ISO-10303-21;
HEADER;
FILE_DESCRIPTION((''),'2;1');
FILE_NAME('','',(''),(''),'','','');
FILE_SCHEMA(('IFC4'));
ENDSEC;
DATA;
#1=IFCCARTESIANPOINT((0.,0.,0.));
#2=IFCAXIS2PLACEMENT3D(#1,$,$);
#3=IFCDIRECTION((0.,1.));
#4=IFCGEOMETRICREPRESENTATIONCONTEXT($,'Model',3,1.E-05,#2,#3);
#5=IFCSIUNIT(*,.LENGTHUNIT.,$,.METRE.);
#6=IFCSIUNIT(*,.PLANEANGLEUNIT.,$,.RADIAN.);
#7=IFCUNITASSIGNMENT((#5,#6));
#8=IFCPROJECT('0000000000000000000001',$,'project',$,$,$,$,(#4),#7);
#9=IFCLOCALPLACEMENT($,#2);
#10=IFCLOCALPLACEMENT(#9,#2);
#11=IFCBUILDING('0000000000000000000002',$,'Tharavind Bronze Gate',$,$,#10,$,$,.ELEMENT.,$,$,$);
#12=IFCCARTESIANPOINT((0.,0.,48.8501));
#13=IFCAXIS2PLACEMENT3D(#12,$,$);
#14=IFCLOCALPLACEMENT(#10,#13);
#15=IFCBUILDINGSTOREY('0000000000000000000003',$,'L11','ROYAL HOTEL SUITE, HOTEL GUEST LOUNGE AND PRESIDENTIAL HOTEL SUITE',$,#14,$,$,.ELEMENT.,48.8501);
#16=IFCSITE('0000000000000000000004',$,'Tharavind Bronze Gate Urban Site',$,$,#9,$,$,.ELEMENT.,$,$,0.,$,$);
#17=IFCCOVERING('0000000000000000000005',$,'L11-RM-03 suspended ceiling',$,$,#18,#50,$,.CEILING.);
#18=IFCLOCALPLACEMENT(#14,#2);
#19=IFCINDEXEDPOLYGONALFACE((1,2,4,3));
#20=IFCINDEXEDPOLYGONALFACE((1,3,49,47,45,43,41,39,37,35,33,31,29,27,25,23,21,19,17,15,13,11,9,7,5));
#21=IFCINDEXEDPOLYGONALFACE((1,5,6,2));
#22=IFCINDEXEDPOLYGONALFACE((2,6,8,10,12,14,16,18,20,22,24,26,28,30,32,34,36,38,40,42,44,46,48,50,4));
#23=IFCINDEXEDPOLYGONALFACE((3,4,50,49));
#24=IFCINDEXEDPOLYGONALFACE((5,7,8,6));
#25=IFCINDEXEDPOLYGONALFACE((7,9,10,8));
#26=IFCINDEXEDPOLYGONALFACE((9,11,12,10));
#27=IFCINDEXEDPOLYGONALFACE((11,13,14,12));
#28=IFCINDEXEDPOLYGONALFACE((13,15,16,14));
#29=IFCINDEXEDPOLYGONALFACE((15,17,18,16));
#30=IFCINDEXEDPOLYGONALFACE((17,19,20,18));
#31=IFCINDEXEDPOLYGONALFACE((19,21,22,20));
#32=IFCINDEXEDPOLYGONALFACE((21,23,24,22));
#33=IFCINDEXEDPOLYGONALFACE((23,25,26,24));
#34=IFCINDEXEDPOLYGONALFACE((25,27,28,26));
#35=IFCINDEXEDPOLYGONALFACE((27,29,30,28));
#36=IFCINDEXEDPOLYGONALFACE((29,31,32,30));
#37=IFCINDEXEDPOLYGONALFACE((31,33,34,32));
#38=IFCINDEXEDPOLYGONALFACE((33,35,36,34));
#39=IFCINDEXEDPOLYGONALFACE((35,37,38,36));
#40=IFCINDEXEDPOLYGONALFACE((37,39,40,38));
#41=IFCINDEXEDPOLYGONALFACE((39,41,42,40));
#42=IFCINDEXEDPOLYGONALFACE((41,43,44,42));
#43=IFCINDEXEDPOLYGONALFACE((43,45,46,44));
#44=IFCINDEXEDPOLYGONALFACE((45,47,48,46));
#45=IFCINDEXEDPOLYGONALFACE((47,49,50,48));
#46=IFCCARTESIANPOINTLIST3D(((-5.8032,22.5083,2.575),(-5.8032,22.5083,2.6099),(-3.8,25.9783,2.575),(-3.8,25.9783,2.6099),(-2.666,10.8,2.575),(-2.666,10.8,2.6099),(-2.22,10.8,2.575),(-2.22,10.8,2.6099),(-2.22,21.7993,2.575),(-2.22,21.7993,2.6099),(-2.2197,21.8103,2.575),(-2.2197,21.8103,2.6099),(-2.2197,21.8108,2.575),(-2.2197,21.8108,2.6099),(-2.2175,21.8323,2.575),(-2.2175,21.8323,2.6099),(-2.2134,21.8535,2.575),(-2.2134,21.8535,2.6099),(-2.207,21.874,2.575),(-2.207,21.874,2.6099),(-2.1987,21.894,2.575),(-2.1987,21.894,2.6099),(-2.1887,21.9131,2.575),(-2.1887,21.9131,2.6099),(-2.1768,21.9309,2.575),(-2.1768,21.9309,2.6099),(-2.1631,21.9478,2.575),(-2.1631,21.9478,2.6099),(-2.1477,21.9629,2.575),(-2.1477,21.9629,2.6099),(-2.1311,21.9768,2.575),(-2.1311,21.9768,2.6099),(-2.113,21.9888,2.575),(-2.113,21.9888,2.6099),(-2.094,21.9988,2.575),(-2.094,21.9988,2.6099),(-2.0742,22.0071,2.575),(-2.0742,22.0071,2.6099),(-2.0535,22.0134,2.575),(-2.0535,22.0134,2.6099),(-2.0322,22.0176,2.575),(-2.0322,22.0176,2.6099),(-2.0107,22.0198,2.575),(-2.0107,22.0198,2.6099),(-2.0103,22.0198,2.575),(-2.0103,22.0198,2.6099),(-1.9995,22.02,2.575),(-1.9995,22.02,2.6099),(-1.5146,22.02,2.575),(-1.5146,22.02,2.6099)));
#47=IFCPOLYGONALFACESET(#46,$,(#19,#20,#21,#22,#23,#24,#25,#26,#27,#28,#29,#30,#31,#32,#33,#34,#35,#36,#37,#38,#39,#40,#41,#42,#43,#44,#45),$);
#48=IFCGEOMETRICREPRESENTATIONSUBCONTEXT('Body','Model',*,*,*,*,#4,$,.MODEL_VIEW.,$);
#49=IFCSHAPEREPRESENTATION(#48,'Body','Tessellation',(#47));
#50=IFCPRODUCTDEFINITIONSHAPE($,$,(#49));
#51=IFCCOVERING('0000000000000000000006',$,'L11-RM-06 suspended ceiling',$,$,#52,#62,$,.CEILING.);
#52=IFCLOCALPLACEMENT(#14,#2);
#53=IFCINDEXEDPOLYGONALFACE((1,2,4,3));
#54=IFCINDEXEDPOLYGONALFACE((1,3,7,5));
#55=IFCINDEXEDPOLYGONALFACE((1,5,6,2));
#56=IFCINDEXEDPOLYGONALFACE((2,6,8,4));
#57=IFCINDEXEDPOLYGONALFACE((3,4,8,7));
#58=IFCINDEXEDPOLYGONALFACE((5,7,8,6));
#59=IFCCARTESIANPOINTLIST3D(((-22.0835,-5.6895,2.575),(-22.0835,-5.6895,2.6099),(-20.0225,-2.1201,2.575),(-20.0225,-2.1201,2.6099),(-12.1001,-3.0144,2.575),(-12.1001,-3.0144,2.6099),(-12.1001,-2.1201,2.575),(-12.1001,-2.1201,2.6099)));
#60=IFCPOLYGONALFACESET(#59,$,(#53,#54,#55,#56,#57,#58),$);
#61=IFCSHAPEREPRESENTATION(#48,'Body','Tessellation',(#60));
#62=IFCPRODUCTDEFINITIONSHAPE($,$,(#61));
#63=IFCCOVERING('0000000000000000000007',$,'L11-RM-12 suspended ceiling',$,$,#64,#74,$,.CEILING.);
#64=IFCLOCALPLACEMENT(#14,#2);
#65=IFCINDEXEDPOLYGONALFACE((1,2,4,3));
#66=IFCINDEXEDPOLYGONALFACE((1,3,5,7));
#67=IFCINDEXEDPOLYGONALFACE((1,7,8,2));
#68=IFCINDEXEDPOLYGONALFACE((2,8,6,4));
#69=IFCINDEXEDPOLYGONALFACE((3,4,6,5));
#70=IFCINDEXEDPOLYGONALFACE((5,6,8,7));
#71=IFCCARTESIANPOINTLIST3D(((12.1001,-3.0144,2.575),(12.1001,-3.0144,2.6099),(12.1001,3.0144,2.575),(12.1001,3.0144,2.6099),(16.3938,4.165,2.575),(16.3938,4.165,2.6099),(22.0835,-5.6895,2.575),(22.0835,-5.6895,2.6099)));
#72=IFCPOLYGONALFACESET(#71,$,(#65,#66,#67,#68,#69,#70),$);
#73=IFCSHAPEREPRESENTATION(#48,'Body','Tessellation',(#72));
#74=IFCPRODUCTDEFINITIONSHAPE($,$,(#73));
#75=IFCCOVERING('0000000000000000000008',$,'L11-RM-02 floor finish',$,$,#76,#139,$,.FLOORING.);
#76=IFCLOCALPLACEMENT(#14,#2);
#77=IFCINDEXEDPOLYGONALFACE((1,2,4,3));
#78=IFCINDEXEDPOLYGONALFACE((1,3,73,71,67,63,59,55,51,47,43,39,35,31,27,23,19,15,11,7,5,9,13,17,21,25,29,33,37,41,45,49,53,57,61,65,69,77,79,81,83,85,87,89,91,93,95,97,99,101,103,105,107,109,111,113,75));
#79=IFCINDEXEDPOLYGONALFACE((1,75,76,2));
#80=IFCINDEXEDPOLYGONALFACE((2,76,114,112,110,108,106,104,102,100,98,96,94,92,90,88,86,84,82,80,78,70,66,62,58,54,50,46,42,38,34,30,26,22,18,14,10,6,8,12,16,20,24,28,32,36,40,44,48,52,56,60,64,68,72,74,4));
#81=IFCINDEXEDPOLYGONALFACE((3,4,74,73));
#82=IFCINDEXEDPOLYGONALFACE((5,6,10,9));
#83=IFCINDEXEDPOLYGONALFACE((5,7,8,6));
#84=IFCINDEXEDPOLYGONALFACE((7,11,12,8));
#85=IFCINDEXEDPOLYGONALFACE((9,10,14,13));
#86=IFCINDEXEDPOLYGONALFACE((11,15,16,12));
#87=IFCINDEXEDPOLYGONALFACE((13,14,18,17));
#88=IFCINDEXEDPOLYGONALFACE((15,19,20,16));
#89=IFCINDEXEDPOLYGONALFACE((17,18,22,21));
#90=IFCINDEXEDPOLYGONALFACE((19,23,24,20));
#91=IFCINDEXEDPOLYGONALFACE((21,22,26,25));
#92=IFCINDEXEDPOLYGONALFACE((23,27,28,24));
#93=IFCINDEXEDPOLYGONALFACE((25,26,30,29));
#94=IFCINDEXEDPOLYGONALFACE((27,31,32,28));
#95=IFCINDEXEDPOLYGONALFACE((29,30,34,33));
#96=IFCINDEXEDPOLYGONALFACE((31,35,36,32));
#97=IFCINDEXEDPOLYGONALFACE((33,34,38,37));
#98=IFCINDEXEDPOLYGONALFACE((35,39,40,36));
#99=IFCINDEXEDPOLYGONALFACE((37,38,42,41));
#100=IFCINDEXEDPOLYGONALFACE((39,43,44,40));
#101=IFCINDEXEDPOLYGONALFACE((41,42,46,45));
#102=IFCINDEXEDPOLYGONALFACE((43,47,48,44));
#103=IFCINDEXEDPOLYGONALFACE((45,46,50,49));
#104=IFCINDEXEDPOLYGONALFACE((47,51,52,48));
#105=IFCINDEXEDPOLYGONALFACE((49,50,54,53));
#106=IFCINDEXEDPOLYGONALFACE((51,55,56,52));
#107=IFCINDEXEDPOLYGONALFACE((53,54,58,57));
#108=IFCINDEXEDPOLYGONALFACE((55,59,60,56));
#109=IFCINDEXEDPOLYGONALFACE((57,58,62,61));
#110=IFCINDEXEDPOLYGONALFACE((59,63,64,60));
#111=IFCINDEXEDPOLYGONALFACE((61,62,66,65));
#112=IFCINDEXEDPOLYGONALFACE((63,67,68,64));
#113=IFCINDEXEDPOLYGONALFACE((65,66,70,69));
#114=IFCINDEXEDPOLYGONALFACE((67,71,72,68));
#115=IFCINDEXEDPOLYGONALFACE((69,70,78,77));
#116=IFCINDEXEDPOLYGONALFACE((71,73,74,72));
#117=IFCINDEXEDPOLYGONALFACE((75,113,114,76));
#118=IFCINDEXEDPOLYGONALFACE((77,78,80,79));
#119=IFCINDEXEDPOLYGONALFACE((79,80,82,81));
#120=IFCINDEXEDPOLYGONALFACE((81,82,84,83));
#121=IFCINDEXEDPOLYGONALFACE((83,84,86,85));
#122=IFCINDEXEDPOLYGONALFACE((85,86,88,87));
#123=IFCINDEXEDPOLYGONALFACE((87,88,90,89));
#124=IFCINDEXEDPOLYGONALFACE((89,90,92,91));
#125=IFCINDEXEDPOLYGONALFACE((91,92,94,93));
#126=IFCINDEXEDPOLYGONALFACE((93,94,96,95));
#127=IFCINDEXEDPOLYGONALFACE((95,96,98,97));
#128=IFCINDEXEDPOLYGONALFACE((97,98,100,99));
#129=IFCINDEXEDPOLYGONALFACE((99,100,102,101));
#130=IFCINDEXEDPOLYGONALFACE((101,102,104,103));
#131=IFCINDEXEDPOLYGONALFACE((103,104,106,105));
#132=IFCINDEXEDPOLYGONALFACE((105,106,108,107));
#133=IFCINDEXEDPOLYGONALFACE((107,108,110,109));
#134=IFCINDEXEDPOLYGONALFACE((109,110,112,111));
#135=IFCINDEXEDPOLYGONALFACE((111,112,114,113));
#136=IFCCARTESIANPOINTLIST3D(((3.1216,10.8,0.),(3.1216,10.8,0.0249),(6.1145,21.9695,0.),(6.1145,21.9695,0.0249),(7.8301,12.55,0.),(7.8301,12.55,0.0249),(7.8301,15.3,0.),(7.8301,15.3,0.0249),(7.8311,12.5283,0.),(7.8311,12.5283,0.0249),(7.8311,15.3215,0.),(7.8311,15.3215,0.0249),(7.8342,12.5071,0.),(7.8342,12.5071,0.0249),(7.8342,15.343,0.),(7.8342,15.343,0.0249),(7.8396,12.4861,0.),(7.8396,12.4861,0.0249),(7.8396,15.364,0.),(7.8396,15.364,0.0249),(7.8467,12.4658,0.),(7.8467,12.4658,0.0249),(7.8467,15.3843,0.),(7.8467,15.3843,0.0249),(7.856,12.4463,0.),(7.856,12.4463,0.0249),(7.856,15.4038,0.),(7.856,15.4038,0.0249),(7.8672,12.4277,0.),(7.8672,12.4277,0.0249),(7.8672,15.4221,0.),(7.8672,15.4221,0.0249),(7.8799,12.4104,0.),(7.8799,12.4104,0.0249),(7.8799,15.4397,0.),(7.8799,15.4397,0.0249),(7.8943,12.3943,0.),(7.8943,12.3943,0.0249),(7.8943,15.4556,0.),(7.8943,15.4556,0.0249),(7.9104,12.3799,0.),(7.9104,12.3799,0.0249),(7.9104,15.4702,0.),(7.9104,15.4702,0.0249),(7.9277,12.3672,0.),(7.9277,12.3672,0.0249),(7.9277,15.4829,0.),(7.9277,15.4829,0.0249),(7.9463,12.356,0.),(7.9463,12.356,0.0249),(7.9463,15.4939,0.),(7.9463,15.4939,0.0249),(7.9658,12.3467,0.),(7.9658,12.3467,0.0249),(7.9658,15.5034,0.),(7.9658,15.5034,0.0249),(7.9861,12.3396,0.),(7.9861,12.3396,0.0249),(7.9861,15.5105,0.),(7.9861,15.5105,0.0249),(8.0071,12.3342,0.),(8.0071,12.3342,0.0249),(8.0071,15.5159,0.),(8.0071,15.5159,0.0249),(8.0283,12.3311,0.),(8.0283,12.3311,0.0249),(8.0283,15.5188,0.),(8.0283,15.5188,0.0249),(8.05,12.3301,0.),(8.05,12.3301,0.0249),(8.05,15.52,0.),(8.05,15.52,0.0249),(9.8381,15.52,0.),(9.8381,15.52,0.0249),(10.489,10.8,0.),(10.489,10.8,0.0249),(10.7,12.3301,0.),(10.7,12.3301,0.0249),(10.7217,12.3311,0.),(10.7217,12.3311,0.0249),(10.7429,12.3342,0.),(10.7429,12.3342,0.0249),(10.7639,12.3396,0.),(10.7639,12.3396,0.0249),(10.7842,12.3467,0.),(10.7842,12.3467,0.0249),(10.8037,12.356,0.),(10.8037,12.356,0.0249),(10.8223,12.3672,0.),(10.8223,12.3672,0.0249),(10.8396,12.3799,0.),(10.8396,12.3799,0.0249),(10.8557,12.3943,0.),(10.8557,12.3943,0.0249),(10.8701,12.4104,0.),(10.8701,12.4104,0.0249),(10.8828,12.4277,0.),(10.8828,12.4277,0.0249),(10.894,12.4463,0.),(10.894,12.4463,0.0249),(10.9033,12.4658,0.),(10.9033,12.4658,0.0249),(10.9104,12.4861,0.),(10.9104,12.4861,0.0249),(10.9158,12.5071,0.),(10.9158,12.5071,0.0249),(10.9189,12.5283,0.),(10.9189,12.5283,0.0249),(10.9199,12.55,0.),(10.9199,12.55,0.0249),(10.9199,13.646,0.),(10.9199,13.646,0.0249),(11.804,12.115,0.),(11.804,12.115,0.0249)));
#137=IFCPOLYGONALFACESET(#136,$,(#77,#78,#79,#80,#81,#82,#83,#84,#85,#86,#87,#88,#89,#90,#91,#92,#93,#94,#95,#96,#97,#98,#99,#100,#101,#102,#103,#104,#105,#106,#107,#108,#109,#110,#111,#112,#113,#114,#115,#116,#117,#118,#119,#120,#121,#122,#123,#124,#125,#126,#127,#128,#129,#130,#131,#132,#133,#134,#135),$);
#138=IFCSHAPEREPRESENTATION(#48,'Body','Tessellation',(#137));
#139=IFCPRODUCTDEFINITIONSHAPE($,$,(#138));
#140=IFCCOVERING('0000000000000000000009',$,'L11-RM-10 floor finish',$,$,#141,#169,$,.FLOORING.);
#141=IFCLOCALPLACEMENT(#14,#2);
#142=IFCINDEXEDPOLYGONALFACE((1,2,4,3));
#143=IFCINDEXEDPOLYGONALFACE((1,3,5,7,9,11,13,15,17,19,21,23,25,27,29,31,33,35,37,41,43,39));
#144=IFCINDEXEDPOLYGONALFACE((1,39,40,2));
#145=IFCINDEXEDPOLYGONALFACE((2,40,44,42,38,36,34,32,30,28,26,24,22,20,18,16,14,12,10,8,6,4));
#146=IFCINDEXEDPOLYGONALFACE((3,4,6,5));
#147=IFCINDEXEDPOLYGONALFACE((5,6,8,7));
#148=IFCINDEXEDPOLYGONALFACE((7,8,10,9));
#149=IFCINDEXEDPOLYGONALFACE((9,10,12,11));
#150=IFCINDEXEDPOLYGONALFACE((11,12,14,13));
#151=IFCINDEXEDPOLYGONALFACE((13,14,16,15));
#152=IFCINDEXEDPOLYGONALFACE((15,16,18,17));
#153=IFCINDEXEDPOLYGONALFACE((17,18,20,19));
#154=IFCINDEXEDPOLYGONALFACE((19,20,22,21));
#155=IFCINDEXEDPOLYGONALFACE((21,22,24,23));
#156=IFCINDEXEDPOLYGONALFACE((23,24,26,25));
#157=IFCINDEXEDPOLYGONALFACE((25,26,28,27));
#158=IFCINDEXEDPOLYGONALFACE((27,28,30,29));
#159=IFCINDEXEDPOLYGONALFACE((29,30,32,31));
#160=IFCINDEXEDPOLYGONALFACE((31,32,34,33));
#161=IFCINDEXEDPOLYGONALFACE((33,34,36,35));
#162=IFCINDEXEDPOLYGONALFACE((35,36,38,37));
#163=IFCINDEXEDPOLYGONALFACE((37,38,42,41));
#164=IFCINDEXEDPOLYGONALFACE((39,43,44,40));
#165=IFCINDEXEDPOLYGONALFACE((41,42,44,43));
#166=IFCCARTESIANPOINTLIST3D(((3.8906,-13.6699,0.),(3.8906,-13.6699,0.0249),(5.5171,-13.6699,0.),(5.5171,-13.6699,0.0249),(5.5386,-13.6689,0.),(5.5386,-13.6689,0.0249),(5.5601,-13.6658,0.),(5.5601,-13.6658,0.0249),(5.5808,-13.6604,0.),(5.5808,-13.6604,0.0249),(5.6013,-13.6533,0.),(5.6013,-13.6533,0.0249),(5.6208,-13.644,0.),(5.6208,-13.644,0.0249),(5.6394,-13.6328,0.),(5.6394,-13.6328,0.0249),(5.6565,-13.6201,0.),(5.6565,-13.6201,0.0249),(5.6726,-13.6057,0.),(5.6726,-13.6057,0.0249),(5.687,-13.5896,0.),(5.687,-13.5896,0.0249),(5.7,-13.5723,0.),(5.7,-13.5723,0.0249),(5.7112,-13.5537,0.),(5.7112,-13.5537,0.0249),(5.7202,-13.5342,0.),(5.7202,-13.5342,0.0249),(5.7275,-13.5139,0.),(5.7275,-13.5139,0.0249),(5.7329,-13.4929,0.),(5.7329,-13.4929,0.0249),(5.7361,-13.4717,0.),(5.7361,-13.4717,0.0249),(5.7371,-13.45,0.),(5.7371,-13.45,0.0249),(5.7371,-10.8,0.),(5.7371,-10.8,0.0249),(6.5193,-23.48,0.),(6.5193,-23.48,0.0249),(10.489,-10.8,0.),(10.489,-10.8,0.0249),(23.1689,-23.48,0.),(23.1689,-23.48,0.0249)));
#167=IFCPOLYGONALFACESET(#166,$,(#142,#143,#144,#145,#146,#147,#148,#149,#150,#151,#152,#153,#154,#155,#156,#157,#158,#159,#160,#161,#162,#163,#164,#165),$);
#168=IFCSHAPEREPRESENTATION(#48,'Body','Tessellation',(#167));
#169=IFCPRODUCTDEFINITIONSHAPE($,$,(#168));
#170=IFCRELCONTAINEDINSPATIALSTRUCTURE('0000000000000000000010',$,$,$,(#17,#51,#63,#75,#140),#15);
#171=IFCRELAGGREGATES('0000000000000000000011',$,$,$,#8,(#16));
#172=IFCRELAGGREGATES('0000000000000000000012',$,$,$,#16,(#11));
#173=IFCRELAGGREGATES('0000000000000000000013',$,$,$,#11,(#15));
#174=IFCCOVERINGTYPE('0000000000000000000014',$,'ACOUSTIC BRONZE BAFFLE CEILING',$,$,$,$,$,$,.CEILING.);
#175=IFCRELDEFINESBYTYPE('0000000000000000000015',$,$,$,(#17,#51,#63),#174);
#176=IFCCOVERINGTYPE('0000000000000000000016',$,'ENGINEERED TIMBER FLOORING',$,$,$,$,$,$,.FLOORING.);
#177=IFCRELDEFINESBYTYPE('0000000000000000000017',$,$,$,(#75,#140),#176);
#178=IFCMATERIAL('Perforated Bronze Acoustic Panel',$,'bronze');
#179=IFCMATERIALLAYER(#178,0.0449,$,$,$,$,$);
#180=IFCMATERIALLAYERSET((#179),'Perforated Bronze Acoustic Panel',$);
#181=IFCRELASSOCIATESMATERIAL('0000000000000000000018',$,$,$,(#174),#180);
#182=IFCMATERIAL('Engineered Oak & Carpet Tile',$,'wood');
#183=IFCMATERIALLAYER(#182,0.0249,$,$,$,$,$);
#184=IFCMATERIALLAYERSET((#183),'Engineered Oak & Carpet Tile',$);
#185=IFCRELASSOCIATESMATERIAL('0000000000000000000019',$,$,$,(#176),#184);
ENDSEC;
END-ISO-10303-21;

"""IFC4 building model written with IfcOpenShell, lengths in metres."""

from ifc_helpers import new_model, si_unit, direction, frame, origin, place, context, subcontext, project, spatial, polyline, outline, extrude, material, layer, layer_set, type_object, element, save


model = new_model("IFC4")

# Units and contexts
model_context = context("Model", 3, precision=1e-05, world=origin(), true_north=direction((0.0, 1.0)))
body_context = subcontext(model_context, "Body", "Model", "MODEL_VIEW")
ifc_project = project(units=[si_unit("LENGTHUNIT", "METRE"), si_unit("PLANEANGLEUNIT", "RADIAN")], contexts=[model_context])

# Site, building, storey
site_placement = place(None, origin())
site = spatial("IfcSite", under=ifc_project, at=site_placement, Name="Tharavind Bronze Gate Urban Site", CompositionType="ELEMENT", RefElevation=0.0)
building_placement = place(site_placement, origin())
building = spatial("IfcBuilding", under=site, at=building_placement, Name="Tharavind Bronze Gate", CompositionType="ELEMENT")
storey_placement = place(building_placement, frame((0.0, 0.0, 48.8501)))
storey = spatial("IfcBuildingStorey", under=building, at=storey_placement, Name="L11", Description="ROYAL HOTEL SUITE, HOTEL GUEST LOUNGE AND PRESIDENTIAL HOTEL SUITE", CompositionType="ELEMENT", Elevation=48.8501)

# Coverings
ifc_material_1 = material(Name="Perforated Bronze Acoustic Panel", Category="bronze")
ifc_layer_1 = layer(ifc_material_1, 0.0449)
ifc_layer_set_1 = layer_set([ifc_layer_1], Name="Perforated Bronze Acoustic Panel")
covering_type_1 = type_object("IfcCoveringType", Name="ACOUSTIC BRONZE BAFFLE CEILING", PredefinedType="CEILING", material=ifc_layer_set_1)
covering_1_placement = place(storey_placement, frame((0.0, 0.0, 2.575)))
element("IfcCovering", 1, at=covering_1_placement, inside=storey, type_object=covering_type_1, Name="L11-RM-03 suspended ceiling", PredefinedType="CEILING", context=body_context, shape_type="SweptSolid", body=[
    extrude(outline(polyline([(-2.666, 10.8), (-2.22, 10.8), (-2.22, 21.7993), (-2.2197, 21.8103), (-2.2197, 21.8108), (-2.2175, 21.8323), (-2.2134, 21.8535), (-2.207, 21.874), (-2.1987, 21.894), (-2.1887, 21.9131), (-2.1768, 21.9309), (-2.1631, 21.9478), (-2.1477, 21.9629), (-2.1311, 21.9768), (-2.113, 21.9888), (-2.094, 21.9988), (-2.0742, 22.0071), (-2.0535, 22.0134), (-2.0322, 22.0176), (-2.0107, 22.0198), (-2.0103, 22.0198), (-1.9995, 22.02), (-1.5146, 22.02), (-3.8, 25.9783), (-5.8032, 22.5083), (-2.666, 10.8)])), origin(), (0.0, 0.0, 1.0), 0.0349),
])
covering_2_placement = place(storey_placement, frame((0.0, 0.0, 2.575)))
element("IfcCovering", 2, at=covering_2_placement, inside=storey, type_object=covering_type_1, Name="L11-RM-06 suspended ceiling", PredefinedType="CEILING", context=body_context, shape_type="SweptSolid", body=[
    extrude(outline(polyline([(-12.1001, -3.0144), (-12.1001, -2.1201), (-20.0225, -2.1201), (-22.0835, -5.6895), (-12.1001, -3.0144)])), origin(), (0.0, 0.0, 1.0), 0.0349),
])
covering_3_placement = place(storey_placement, frame((0.0, 0.0, 2.575)))
element("IfcCovering", 3, at=covering_3_placement, inside=storey, type_object=covering_type_1, Name="L11-RM-12 suspended ceiling", PredefinedType="CEILING", context=body_context, shape_type="SweptSolid", body=[
    extrude(outline(polyline([(22.0835, -5.6895), (16.3938, 4.165), (12.1001, 3.0144), (12.1001, -3.0144), (22.0835, -5.6895)])), origin(), (0.0, 0.0, 1.0), 0.0349),
])
ifc_material_2 = material(Name="Engineered Oak & Carpet Tile", Category="wood")
ifc_layer_2 = layer(ifc_material_2, 0.0249)
ifc_layer_set_2 = layer_set([ifc_layer_2], Name="Engineered Oak & Carpet Tile")
covering_type_2 = type_object("IfcCoveringType", Name="ENGINEERED TIMBER FLOORING", PredefinedType="FLOORING", material=ifc_layer_set_2)
covering_4_placement = place(storey_placement, origin())
element("IfcCovering", 4, at=covering_4_placement, inside=storey, type_object=covering_type_2, Name="L11-RM-02 floor finish", PredefinedType="FLOORING", context=body_context, shape_type="SweptSolid", body=[
    extrude(outline(polyline([(10.489, 10.8), (11.804, 12.115), (10.9199, 13.646), (10.9199, 12.55), (10.9189, 12.5283), (10.9158, 12.5071), (10.9104, 12.4861), (10.9033, 12.4658), (10.894, 12.4463), (10.8828, 12.4277), (10.8701, 12.4104), (10.8557, 12.3943), (10.8396, 12.3799), (10.8223, 12.3672), (10.8037, 12.356), (10.7842, 12.3467), (10.7639, 12.3396), (10.7429, 12.3342), (10.7217, 12.3311), (10.7, 12.3301), (8.05, 12.3301), (8.0283, 12.3311), (8.0071, 12.3342), (7.9861, 12.3396), (7.9658, 12.3467), (7.9463, 12.356), (7.9277, 12.3672), (7.9104, 12.3799), (7.8943, 12.3943), (7.8799, 12.4104), (7.8672, 12.4277), (7.856, 12.4463), (7.8467, 12.4658), (7.8396, 12.4861), (7.8342, 12.5071), (7.8311, 12.5283), (7.8301, 12.55), (7.8301, 15.3), (7.8311, 15.3215), (7.8342, 15.343), (7.8396, 15.364), (7.8467, 15.3843), (7.856, 15.4038), (7.8672, 15.4221), (7.8799, 15.4397), (7.8943, 15.4556), (7.9104, 15.4702), (7.9277, 15.4829), (7.9463, 15.4939), (7.9658, 15.5034), (7.9861, 15.5105), (8.0071, 15.5159), (8.0283, 15.5188), (8.05, 15.52), (9.8381, 15.52), (6.1145, 21.9695), (3.1216, 10.8), (10.489, 10.8)])), origin(), (0.0, 0.0, 1.0), 0.0249),
])
covering_5_placement = place(storey_placement, origin())
element("IfcCovering", 5, at=covering_5_placement, inside=storey, type_object=covering_type_2, Name="L11-RM-10 floor finish", PredefinedType="FLOORING", context=body_context, shape_type="SweptSolid", body=[
    extrude(outline(polyline([(5.7371, -13.45), (5.7361, -13.4717), (5.7329, -13.4929), (5.7275, -13.5139), (5.7202, -13.5342), (5.7112, -13.5537), (5.7, -13.5723), (5.687, -13.5896), (5.6726, -13.6057), (5.6565, -13.6201), (5.6394, -13.6328), (5.6208, -13.644), (5.6013, -13.6533), (5.5808, -13.6604), (5.5601, -13.6658), (5.5386, -13.6689), (5.5171, -13.6699), (3.8906, -13.6699), (6.5193, -23.48), (23.1689, -23.48), (10.489, -10.8), (5.7371, -10.8), (5.7371, -13.45)])), origin(), (0.0, 0.0, 1.0), 0.0249),
])

save(model, "model.ifc")
